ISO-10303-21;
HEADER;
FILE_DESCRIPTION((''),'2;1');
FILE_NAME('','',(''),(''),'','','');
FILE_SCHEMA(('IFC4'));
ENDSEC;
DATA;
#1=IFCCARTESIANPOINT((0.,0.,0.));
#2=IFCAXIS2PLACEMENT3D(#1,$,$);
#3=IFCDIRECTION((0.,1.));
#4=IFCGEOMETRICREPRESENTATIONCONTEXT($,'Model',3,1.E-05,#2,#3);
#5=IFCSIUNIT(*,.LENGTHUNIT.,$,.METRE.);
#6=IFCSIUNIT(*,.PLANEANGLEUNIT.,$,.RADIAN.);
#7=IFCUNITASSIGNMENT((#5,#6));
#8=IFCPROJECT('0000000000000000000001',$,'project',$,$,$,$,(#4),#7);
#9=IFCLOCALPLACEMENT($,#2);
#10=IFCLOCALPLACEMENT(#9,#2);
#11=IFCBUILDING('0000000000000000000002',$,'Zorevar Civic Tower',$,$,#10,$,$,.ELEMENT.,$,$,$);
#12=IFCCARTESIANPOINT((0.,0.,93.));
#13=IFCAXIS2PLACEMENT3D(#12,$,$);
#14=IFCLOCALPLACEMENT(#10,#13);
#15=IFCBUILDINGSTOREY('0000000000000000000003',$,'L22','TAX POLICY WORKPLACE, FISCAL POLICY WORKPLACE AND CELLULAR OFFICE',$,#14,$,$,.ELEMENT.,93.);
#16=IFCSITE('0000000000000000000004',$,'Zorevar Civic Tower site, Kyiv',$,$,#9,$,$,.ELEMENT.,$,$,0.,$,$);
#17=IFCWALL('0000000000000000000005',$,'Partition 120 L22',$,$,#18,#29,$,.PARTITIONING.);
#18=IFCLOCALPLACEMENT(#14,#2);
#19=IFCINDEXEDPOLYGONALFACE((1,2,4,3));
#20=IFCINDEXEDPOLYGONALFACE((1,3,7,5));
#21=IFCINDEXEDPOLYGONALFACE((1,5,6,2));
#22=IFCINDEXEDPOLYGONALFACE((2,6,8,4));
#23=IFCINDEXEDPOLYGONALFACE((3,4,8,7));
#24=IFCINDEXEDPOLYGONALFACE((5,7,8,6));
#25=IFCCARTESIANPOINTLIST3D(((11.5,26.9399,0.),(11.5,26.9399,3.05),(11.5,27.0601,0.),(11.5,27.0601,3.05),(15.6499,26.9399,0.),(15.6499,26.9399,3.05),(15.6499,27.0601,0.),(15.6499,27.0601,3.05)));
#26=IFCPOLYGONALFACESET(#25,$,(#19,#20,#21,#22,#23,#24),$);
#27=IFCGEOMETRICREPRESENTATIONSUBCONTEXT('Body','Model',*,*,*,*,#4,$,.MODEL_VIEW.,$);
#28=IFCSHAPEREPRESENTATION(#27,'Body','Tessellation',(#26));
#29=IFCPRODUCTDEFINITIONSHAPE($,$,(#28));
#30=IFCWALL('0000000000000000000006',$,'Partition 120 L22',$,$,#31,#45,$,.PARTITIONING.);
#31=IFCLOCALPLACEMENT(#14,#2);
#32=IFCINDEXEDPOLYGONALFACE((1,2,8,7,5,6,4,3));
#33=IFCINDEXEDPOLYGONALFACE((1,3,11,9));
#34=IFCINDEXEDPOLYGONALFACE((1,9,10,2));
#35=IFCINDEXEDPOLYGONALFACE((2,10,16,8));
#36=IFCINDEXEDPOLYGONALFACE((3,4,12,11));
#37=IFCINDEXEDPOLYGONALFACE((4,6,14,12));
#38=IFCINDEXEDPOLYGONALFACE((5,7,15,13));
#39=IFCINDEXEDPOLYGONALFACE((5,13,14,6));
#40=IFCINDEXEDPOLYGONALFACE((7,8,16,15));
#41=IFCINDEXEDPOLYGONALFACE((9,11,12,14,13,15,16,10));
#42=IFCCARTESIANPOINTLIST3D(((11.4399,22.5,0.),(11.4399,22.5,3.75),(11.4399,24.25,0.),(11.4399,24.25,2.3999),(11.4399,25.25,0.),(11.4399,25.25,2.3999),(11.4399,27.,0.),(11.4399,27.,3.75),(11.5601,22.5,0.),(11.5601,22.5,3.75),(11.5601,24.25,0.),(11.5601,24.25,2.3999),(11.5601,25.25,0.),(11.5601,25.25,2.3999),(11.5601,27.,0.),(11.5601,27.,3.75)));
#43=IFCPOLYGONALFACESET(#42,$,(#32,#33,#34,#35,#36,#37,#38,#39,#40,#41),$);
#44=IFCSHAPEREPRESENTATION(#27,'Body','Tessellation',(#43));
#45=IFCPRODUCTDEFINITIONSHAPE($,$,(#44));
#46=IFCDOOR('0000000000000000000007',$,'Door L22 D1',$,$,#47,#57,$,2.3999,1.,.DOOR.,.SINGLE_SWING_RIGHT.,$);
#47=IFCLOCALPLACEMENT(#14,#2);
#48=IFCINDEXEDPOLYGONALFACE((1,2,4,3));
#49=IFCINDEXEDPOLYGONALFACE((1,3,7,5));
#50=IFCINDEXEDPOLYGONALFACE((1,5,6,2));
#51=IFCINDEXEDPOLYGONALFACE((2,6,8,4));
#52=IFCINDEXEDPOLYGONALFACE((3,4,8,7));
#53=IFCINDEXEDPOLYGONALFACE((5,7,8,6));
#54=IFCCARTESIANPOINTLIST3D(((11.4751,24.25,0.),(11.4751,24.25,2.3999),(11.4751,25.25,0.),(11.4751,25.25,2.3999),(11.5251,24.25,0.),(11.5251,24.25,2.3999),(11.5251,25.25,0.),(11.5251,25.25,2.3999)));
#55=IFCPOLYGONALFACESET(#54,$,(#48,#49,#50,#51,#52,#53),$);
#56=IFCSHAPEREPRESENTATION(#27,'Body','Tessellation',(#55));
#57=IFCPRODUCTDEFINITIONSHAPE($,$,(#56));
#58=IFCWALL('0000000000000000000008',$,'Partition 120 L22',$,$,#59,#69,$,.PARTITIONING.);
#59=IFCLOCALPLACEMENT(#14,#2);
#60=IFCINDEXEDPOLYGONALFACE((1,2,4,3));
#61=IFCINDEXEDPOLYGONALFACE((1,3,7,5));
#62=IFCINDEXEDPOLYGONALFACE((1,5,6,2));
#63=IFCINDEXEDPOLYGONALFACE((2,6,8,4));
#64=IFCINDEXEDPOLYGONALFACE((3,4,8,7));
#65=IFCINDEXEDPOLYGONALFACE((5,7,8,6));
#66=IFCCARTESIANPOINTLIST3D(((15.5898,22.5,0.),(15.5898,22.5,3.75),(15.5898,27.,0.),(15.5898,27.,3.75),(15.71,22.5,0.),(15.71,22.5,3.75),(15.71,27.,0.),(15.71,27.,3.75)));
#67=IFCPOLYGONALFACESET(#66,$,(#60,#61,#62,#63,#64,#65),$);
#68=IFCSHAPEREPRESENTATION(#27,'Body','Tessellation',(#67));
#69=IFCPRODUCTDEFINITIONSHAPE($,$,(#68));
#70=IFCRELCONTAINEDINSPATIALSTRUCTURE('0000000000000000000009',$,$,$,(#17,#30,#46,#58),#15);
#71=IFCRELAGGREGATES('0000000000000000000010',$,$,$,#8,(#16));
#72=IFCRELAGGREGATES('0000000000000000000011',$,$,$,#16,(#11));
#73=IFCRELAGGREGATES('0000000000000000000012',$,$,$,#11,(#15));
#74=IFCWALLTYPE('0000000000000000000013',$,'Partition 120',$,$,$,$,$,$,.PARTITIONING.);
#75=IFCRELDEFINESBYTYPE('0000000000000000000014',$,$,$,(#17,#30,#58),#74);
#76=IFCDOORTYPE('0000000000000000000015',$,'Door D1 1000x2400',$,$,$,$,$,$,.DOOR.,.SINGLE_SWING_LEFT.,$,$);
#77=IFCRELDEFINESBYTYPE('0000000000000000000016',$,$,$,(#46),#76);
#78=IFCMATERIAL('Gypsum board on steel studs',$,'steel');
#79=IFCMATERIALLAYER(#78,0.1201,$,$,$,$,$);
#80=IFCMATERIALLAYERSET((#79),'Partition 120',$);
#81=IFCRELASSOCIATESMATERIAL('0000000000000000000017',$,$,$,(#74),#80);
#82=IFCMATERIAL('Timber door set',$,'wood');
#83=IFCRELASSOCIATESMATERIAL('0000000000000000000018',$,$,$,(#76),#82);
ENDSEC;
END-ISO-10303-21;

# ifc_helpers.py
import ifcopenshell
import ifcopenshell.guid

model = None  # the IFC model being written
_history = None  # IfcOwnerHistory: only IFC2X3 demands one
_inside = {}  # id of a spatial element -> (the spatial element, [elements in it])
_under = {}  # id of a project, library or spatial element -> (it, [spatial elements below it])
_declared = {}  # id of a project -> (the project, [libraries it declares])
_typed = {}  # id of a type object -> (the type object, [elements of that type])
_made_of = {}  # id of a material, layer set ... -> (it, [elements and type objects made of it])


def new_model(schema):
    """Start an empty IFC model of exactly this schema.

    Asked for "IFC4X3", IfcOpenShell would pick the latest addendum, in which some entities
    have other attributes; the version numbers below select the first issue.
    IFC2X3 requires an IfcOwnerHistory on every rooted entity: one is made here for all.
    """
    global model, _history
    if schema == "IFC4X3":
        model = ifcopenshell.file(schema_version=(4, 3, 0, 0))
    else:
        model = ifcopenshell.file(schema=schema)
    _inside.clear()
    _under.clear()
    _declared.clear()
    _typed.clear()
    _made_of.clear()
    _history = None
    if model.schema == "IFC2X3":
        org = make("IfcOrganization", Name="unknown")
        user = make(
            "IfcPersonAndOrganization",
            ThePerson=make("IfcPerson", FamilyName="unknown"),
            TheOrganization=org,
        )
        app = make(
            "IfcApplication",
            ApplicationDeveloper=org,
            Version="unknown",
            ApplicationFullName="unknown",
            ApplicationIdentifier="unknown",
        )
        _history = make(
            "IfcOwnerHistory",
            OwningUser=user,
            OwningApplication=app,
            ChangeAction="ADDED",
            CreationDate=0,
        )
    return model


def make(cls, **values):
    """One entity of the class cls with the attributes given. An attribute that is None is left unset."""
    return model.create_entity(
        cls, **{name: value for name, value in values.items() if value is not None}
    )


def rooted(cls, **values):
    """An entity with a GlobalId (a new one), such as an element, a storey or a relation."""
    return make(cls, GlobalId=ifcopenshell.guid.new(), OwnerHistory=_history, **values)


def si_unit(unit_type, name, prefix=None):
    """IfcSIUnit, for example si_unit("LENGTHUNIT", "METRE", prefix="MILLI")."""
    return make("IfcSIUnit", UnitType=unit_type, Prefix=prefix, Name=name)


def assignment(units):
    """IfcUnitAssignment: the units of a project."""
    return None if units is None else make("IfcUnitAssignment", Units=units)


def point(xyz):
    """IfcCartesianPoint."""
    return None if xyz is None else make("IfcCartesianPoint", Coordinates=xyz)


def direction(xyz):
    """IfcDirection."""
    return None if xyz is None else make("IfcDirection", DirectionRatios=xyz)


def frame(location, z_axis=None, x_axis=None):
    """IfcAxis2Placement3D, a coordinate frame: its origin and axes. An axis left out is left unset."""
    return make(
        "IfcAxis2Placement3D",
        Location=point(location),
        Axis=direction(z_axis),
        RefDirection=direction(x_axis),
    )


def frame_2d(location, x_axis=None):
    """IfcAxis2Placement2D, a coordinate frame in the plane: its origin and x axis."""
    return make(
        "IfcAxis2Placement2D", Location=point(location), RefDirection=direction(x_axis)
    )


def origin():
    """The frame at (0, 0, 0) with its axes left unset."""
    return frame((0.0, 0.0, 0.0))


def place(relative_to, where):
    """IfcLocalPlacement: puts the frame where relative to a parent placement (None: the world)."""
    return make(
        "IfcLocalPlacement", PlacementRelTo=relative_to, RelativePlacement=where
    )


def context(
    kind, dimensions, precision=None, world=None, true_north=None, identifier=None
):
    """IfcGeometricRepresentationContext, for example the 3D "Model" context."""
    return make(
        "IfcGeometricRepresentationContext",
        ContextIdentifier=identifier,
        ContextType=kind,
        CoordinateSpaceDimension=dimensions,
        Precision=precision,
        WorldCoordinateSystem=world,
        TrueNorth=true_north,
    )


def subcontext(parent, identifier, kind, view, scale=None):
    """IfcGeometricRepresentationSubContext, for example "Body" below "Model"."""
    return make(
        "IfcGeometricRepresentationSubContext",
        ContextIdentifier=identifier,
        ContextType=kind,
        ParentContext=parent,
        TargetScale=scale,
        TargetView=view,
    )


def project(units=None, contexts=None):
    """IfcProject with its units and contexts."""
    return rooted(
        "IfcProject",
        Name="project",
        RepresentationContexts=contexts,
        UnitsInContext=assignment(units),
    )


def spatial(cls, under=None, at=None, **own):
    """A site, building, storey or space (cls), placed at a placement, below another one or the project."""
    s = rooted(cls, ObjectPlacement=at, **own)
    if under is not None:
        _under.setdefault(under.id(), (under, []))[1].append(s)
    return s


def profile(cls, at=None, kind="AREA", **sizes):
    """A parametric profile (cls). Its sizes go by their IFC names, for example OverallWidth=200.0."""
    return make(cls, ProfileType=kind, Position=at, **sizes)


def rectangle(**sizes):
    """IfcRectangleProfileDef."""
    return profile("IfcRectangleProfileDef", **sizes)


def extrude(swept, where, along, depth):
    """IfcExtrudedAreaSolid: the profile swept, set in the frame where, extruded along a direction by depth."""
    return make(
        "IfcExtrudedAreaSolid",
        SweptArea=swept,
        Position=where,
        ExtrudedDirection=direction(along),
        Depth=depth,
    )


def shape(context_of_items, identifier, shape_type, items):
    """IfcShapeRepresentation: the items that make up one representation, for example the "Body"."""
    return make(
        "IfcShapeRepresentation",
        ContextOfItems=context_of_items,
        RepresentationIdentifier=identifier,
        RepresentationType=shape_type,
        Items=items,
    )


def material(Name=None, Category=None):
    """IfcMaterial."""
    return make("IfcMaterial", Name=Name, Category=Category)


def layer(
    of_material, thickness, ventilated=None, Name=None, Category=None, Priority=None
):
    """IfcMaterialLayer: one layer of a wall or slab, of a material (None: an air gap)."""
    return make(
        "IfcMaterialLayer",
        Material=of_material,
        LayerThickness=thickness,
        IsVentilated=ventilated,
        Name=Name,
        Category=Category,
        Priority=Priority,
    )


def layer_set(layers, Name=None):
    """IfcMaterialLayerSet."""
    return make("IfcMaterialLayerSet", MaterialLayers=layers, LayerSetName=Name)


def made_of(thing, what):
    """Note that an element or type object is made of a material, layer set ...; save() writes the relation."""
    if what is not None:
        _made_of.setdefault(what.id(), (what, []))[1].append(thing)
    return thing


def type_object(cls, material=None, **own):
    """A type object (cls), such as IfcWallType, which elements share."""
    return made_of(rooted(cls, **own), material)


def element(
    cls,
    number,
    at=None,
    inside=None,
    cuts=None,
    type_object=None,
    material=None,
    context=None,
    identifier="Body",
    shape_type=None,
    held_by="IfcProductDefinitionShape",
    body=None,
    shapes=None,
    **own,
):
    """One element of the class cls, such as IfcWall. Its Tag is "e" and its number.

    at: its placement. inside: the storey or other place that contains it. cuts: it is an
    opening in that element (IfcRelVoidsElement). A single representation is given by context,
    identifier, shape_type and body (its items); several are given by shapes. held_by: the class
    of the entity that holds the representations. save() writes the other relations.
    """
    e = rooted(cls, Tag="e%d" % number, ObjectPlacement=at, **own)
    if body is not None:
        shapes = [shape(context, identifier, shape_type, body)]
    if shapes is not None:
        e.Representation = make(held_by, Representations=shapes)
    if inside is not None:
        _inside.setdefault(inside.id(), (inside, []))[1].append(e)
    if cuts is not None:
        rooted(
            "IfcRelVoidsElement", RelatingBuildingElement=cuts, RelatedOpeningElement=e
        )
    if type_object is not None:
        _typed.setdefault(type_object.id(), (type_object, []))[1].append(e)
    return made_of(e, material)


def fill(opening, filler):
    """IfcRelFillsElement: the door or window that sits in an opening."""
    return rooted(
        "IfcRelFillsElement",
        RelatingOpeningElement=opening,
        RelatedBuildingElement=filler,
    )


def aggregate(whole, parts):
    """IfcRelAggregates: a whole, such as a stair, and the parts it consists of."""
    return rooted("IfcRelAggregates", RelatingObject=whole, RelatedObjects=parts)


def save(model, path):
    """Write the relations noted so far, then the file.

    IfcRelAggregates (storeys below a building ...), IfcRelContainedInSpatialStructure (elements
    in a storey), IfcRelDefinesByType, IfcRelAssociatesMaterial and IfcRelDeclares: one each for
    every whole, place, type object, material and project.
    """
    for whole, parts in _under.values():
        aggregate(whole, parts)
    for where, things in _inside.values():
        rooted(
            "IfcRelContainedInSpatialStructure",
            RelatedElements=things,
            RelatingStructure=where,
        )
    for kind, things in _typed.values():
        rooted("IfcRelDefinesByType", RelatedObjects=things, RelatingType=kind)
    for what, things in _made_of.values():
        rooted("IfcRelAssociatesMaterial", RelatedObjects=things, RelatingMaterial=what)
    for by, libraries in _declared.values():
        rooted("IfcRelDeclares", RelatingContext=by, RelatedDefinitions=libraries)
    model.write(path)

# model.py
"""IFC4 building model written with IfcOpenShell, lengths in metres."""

from ifc_helpers import new_model, si_unit, direction, frame, frame_2d, origin, place, context, subcontext, project, spatial, rectangle, extrude, material, layer, layer_set, type_object, element, fill, save


model = new_model("IFC4")

# Units and contexts
model_context = context("Model", 3, precision=1e-05, world=origin(), true_north=direction((0.0, 1.0)))
body_context = subcontext(model_context, "Body", "Model", "MODEL_VIEW")
ifc_project = project(units=[si_unit("LENGTHUNIT", "METRE"), si_unit("PLANEANGLEUNIT", "RADIAN")], contexts=[model_context])

# Site, building, storey
site_placement = place(None, origin())
site = spatial("IfcSite", under=ifc_project, at=site_placement, Name="Zorevar Civic Tower site, Kyiv", CompositionType="ELEMENT", RefElevation=0.0)
building_placement = place(site_placement, origin())
building = spatial("IfcBuilding", under=site, at=building_placement, Name="Zorevar Civic Tower", CompositionType="ELEMENT")
storey_placement = place(building_placement, frame((0.0, 0.0, 93.0)))
storey = spatial("IfcBuildingStorey", under=building, at=storey_placement, Name="L22", Description="TAX POLICY WORKPLACE, FISCAL POLICY WORKPLACE AND CELLULAR OFFICE", CompositionType="ELEMENT", Elevation=93.0)

# Wall
ifc_material_1 = material(Name="Gypsum board on steel studs", Category="steel")
ifc_layer_1 = layer(ifc_material_1, 0.1201)
ifc_layer_set_1 = layer_set([ifc_layer_1], Name="Partition 120")
wall_type_1 = type_object("IfcWallType", Name="Partition 120", PredefinedType="PARTITIONING", material=ifc_layer_set_1)
wall_1_placement = place(storey_placement, frame((11.5, 27.0, 0.0), z_axis=(0.0, 0.0, 1.0), x_axis=(1.0, 0.0, 0.0)))
element("IfcWall", 1, at=wall_1_placement, inside=storey, type_object=wall_type_1, Name="Partition 120 L22", PredefinedType="PARTITIONING", context=body_context, shape_type="SweptSolid", body=[
    extrude(rectangle(XDim=4.1499, YDim=0.1201, at=frame_2d((2.075, 0.0))), origin(), (0.0, 0.0, 1.0), 3.05),
])

# Wall, opening, door
wall_2_placement = place(storey_placement, frame((11.5, 22.5, 0.0), z_axis=(0.0, 0.0, 1.0), x_axis=(0.0, 1.0, 0.0)))
wall_2 = element("IfcWall", 2, at=wall_2_placement, inside=storey, type_object=wall_type_1, Name="Partition 120 L22", PredefinedType="PARTITIONING", context=body_context, shape_type="SweptSolid", body=[
    extrude(rectangle(XDim=4.5, YDim=0.1201, at=frame_2d((2.25, 0.0))), origin(), (0.0, 0.0, 1.0), 3.75),
])
opening_1_placement = place(wall_2_placement, frame((1.75, 0.0, 0.0)))
opening_1 = element("IfcOpeningElement", 3, at=opening_1_placement, cuts=wall_2, PredefinedType="OPENING", context=body_context, shape_type="SweptSolid", body=[
    extrude(rectangle(XDim=1.0, YDim=2.3999, at=frame_2d((0.5, 1.2))), frame((0.0, 0.0701, 0.0), z_axis=(0.0, -1.0, 0.0), x_axis=(1.0, 0.0, 0.0)), (0.0, 0.0, 1.0), 0.1401),
])
ifc_material_2 = material(Name="Timber door set", Category="wood")
door_type_1 = type_object("IfcDoorType", Name="Door D1 1000x2400", OperationType="SINGLE_SWING_LEFT", PredefinedType="DOOR", material=ifc_material_2)
door_1_placement = place(opening_1_placement, origin())
door_1 = element("IfcDoor", 4, at=door_1_placement, inside=storey, type_object=door_type_1, Name="Door L22 D1", OperationType="SINGLE_SWING_RIGHT", OverallHeight=2.3999, OverallWidth=1.0, PredefinedType="DOOR", context=body_context, shape_type="SweptSolid", body=[
    extrude(rectangle(XDim=1.0, YDim=2.3999, at=frame_2d((0.5, 1.2))), frame((0.0, 0.0249, 0.0), z_axis=(0.0, -1.0, 0.0), x_axis=(1.0, 0.0, 0.0)), (0.0, 0.0, 1.0), 0.05),
])
fill(opening_1, door_1)

# Wall
wall_3_placement = place(storey_placement, frame((15.6499, 22.5, 0.0), z_axis=(0.0, 0.0, 1.0), x_axis=(0.0, 1.0, 0.0)))
element("IfcWall", 5, at=wall_3_placement, inside=storey, type_object=wall_type_1, Name="Partition 120 L22", PredefinedType="PARTITIONING", context=body_context, shape_type="SweptSolid", body=[
    extrude(rectangle(XDim=4.5, YDim=0.1201, at=frame_2d((2.25, 0.0))), origin(), (0.0, 0.0, 1.0), 3.75),
])

save(model, "model.ifc")
